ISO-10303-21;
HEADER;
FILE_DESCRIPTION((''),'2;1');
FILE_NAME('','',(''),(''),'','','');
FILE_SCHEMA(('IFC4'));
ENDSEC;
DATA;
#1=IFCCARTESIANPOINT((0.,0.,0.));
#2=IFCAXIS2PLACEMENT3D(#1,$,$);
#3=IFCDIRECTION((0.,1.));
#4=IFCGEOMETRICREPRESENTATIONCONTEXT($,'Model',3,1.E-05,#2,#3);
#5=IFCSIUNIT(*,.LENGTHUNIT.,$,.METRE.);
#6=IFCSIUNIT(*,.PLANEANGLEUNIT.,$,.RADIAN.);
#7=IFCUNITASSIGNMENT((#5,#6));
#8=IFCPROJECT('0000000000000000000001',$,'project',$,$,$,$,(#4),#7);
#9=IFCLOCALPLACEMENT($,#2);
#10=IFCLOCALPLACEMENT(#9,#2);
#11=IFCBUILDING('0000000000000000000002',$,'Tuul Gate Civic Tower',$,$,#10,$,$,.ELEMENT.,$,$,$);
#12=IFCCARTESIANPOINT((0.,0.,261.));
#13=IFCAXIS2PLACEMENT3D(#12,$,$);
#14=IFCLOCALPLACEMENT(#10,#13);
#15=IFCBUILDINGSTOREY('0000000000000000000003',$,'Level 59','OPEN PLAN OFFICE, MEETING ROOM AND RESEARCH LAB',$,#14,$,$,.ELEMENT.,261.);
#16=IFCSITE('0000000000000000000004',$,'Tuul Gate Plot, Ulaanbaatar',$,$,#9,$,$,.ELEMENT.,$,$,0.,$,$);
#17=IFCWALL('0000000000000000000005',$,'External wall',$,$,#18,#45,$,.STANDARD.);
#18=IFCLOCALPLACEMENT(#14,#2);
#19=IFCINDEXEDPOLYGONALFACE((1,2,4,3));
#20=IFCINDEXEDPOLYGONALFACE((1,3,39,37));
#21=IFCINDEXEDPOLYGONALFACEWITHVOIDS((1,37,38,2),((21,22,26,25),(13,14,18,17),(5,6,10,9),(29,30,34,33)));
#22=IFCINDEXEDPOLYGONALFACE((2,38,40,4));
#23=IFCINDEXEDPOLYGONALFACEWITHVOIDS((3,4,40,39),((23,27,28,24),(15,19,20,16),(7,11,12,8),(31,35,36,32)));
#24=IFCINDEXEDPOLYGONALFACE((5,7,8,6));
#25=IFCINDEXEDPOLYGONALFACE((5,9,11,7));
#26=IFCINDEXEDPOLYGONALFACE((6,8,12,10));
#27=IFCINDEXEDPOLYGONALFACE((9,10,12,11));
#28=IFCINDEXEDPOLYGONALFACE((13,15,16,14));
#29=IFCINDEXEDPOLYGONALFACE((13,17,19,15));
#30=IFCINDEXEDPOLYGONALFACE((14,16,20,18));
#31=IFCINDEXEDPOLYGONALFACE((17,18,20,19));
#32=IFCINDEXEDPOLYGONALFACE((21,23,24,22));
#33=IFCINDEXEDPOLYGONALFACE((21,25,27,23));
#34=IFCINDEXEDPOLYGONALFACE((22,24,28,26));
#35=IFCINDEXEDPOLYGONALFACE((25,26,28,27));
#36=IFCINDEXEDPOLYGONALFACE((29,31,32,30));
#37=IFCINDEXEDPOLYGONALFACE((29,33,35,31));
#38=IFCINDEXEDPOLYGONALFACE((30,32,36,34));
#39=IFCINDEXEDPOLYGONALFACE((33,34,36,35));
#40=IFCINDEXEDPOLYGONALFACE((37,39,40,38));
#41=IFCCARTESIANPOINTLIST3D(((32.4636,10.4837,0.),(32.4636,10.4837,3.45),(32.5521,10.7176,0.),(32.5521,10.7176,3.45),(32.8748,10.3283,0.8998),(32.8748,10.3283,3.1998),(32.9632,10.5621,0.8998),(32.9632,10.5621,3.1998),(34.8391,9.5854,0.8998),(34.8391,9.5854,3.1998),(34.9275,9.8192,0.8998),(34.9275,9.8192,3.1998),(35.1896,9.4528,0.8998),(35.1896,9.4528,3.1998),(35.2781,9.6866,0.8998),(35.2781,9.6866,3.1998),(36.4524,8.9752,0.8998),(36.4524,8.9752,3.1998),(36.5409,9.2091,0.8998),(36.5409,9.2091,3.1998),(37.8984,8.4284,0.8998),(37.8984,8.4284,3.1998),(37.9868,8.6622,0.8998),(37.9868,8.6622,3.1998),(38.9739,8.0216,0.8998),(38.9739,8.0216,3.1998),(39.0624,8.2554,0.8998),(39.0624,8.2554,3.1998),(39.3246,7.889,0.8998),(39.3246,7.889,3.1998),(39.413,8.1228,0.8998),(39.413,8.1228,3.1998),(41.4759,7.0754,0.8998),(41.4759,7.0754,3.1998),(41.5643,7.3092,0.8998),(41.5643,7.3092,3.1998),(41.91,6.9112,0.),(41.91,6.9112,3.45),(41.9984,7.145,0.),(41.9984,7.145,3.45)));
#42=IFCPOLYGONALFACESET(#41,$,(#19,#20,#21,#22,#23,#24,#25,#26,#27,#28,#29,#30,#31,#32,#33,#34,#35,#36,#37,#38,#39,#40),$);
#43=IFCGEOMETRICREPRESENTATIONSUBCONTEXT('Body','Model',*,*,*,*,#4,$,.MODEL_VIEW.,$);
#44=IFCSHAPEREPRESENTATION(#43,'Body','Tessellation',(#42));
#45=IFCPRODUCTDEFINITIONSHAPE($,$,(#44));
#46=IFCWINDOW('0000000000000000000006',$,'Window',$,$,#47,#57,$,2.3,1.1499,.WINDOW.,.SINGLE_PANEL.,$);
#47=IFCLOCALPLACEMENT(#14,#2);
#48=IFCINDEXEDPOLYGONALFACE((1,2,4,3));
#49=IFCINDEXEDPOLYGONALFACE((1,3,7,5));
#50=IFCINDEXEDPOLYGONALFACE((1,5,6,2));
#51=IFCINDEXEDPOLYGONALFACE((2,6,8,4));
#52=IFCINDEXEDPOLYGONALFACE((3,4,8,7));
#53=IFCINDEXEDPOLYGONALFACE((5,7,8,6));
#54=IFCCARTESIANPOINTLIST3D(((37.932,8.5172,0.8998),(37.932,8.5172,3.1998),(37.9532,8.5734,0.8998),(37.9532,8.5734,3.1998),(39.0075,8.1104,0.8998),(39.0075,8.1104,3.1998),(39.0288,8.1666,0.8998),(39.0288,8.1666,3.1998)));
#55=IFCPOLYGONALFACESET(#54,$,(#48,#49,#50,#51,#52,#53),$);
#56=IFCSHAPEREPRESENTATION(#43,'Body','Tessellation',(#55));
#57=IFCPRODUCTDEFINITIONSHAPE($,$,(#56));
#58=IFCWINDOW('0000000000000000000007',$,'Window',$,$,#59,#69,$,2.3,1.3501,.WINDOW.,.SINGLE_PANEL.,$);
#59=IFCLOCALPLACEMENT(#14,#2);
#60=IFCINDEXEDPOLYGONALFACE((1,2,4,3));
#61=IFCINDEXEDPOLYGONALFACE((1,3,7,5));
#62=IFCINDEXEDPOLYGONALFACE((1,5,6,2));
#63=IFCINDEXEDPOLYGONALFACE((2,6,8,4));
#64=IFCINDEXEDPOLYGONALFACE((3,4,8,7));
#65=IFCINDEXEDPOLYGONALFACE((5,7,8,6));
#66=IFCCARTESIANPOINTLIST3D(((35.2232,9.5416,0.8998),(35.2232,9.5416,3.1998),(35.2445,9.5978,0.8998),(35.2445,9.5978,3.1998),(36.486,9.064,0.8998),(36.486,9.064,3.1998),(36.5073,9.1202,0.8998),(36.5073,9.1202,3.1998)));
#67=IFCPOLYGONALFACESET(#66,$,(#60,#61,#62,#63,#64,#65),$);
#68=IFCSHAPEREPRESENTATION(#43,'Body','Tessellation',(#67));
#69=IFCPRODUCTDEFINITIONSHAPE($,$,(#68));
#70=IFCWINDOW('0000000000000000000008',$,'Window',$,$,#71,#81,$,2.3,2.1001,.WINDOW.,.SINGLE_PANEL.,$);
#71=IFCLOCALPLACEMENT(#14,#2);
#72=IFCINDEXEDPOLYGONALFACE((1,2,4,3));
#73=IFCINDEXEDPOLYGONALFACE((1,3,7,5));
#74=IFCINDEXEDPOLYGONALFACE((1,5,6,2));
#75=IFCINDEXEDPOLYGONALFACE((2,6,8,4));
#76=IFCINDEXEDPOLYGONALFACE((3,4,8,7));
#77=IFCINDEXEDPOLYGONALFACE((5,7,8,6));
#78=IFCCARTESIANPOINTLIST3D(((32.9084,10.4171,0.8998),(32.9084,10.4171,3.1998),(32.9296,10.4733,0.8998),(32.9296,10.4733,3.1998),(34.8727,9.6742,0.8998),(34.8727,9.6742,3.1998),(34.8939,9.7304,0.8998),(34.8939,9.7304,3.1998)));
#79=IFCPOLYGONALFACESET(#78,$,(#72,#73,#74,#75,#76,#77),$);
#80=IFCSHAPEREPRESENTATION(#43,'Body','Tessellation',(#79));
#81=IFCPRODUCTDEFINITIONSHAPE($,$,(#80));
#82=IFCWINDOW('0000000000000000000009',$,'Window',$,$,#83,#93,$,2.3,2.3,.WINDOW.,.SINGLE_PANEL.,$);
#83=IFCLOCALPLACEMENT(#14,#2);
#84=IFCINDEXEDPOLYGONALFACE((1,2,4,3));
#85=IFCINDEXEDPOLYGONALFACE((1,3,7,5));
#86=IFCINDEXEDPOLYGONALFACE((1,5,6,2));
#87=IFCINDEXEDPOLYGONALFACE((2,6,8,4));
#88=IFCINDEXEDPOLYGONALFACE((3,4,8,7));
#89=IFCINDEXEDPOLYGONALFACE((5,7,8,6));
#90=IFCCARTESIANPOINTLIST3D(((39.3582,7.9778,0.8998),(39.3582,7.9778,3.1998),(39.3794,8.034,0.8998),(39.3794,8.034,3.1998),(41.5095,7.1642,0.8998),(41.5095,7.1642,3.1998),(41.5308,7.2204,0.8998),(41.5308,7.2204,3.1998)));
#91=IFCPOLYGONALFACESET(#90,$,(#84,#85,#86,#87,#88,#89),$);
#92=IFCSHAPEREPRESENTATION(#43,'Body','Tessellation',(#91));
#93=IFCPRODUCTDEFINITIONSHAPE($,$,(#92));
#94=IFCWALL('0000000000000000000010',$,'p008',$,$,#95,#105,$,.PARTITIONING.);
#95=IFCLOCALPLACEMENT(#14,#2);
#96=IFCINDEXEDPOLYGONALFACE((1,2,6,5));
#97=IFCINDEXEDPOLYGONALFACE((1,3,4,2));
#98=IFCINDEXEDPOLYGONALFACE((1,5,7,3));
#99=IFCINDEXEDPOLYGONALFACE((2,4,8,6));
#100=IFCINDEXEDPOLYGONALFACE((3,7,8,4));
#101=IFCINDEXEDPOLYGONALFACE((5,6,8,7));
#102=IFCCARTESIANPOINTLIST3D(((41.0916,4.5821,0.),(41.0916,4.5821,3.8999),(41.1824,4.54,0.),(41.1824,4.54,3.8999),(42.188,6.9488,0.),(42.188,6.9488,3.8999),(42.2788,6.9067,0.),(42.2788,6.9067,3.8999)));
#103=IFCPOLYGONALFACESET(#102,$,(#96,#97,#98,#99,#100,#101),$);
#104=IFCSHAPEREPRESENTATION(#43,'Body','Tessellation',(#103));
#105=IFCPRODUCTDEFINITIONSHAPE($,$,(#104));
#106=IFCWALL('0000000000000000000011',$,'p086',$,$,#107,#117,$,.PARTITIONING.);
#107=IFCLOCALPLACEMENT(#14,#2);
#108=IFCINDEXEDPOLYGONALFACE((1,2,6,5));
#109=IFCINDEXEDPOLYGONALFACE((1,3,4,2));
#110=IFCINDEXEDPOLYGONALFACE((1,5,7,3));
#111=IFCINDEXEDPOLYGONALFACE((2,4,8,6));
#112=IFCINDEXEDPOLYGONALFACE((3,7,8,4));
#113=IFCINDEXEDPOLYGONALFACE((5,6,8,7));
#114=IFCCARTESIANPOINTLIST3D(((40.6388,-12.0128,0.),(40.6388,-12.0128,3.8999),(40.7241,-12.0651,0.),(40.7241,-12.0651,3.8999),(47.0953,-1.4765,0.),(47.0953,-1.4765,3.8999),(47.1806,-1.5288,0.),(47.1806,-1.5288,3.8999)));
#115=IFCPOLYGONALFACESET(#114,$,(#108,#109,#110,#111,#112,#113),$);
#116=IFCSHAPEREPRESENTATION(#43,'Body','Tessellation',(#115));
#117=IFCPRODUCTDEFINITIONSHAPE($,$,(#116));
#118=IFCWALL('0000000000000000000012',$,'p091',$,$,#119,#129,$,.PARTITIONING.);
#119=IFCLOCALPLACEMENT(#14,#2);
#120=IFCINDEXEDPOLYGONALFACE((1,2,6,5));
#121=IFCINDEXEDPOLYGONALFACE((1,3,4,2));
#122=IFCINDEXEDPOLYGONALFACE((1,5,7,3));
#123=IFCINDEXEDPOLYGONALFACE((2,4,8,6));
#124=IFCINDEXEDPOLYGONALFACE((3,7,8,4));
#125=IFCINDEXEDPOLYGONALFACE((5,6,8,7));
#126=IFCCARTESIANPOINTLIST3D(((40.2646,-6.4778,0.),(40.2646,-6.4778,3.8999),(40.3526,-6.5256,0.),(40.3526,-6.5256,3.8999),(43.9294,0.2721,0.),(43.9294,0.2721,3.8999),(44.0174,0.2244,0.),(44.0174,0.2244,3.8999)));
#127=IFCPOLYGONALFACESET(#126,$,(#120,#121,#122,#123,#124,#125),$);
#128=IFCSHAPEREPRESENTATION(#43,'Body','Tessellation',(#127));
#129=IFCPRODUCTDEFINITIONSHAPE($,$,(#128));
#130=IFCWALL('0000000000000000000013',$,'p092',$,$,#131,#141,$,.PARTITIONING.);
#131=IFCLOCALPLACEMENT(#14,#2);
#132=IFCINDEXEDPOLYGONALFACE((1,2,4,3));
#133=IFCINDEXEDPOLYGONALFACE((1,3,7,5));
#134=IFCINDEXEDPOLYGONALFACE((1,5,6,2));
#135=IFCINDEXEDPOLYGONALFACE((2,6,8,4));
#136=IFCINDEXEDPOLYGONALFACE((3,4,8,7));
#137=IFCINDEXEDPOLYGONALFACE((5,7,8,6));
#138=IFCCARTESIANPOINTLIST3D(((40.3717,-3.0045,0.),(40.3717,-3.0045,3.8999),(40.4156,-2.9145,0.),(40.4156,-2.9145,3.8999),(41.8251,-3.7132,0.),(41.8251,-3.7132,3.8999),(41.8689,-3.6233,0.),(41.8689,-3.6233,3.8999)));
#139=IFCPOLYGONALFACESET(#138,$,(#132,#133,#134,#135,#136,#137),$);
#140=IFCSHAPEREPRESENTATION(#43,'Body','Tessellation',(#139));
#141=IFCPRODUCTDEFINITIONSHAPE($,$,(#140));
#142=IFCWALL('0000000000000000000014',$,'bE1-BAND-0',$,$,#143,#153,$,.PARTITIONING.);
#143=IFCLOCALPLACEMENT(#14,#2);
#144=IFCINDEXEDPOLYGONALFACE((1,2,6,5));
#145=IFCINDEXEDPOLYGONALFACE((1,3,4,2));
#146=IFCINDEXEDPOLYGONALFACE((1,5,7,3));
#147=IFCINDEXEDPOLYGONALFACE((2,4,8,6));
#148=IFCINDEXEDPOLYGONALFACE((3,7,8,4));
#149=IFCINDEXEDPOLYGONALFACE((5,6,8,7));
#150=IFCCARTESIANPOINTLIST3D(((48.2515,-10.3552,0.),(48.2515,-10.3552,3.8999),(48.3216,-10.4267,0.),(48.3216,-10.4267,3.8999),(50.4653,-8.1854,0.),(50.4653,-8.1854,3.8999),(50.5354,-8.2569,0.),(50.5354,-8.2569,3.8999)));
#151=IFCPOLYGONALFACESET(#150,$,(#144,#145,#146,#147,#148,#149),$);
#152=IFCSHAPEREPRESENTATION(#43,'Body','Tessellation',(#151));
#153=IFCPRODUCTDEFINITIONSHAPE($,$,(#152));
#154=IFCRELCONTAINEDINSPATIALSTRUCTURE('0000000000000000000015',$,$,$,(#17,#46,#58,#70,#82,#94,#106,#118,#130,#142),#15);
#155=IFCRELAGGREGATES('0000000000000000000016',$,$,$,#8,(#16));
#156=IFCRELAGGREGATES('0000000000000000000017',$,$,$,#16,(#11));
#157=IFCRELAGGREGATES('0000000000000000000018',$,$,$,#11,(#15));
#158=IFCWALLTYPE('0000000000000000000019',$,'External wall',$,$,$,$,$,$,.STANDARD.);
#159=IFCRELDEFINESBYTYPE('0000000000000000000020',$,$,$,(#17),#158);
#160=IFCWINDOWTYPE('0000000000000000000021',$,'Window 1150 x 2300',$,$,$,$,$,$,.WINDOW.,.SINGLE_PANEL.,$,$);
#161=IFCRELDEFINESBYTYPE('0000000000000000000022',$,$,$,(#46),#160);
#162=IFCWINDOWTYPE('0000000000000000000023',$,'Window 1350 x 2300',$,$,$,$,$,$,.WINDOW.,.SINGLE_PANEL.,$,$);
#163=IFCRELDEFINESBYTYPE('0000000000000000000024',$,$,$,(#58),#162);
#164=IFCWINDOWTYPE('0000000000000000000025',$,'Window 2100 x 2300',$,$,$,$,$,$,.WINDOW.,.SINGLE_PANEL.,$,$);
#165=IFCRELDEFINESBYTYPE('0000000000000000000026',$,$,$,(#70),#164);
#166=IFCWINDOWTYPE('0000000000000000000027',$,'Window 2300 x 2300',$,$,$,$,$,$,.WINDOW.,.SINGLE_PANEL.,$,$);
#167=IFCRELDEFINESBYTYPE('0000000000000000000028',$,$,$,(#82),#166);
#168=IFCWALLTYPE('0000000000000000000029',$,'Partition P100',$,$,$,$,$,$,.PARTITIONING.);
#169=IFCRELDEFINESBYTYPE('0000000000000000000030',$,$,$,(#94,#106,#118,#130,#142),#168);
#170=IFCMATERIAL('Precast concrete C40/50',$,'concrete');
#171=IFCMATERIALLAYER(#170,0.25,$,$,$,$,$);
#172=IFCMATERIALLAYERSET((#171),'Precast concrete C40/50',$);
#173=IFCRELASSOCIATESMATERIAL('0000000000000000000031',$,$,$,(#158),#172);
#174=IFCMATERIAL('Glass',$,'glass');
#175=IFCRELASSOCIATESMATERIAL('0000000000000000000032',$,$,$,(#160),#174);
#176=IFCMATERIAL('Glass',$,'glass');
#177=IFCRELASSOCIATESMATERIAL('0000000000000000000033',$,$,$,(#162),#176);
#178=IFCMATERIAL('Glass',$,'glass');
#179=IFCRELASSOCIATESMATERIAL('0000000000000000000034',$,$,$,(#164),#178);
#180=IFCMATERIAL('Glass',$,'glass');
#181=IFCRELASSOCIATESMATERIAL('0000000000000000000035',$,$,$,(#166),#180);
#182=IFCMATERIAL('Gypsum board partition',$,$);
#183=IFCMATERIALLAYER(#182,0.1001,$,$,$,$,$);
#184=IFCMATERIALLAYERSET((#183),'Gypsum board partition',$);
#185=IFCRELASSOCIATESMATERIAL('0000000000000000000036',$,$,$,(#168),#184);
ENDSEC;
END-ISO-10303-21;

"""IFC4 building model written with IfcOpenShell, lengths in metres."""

from ifc_helpers import new_model, si_unit, direction, frame, frame_2d, origin, place, context, subcontext, project, spatial, rectangle, extrude, material, layer, layer_set, type_object, element, fill, save


model = new_model("IFC4")

# Units and contexts
model_context = context("Model", 3, precision=1e-05, world=origin(), true_north=direction((0.0, 1.0)))
body_context = subcontext(model_context, "Body", "Model", "MODEL_VIEW")
ifc_project = project(units=[si_unit("LENGTHUNIT", "METRE"), si_unit("PLANEANGLEUNIT", "RADIAN")], contexts=[model_context])

# Site, building, storey
site_placement = place(None, origin())
site = spatial("IfcSite", under=ifc_project, at=site_placement, Name="Tuul Gate Plot, Ulaanbaatar", CompositionType="ELEMENT", RefElevation=0.0)
building_placement = place(site_placement, origin())
building = spatial("IfcBuilding", under=site, at=building_placement, Name="Tuul Gate Civic Tower", CompositionType="ELEMENT")
storey_placement = place(building_placement, frame((0.0, 0.0, 261.0)))
storey = spatial("IfcBuildingStorey", under=building, at=storey_placement, Name="Level 59", Description="OPEN PLAN OFFICE, MEETING ROOM AND RESEARCH LAB", CompositionType="ELEMENT", Elevation=261.0)

# Wall, openings, windows
ifc_material_1 = material(Name="Precast concrete C40/50", Category="concrete")
ifc_layer_1 = layer(ifc_material_1, 0.25)
ifc_layer_set_1 = layer_set([ifc_layer_1], Name="Precast concrete C40/50")
wall_type_1 = type_object("IfcWallType", Name="External wall", PredefinedType="STANDARD", material=ifc_layer_set_1)
wall_1_placement = place(storey_placement, frame((41.9543, 7.0281, 0.0), z_axis=(0.0, 0.0, 1.0), x_axis=(-0.935344, 0.353739, 0.0)))
wall_1 = element("IfcWall", 1, at=wall_1_placement, inside=storey, type_object=wall_type_1, Name="External wall", PredefinedType="STANDARD", context=body_context, shape_type="SweptSolid", body=[
    extrude(rectangle(XDim=10.0994, YDim=0.25, at=frame_2d((5.0498, 0.0))), origin(), (0.0, 0.0, 1.0), 3.45),
])
opening_1_placement = place(wall_1_placement, frame((5.835, 0.0, 0.8999)))
opening_1 = element("IfcOpeningElement", 2, at=opening_1_placement, cuts=wall_1, PredefinedType="OPENING", context=body_context, shape_type="SweptSolid", body=[
    extrude(rectangle(XDim=1.3501, YDim=2.3, at=frame_2d((0.675, 1.1499))), frame((0.0, 0.135, 0.0), z_axis=(0.0, -1.0, 0.0), x_axis=(1.0, 0.0, 0.0)), (0.0, 0.0, 1.0), 0.27),
])
opening_2_placement = place(wall_1_placement, frame((7.5598, 0.0, 0.8999)))
opening_2 = element("IfcOpeningElement", 3, at=opening_2_placement, cuts=wall_1, PredefinedType="OPENING", context=body_context, shape_type="SweptSolid", body=[
    extrude(rectangle(XDim=2.1001, YDim=2.3, at=frame_2d((1.05, 1.1499))), frame((0.0, 0.135, 0.0), z_axis=(0.0, -1.0, 0.0), x_axis=(1.0, 0.0, 0.0)), (0.0, 0.0, 1.0), 0.27),
])
opening_3_placement = place(wall_1_placement, frame((0.4644, 0.0, 0.8999)))
opening_3 = element("IfcOpeningElement", 4, at=opening_3_placement, cuts=wall_1, PredefinedType="OPENING", context=body_context, shape_type="SweptSolid", body=[
    extrude(rectangle(XDim=2.3, YDim=2.3, at=frame_2d((1.1499, 1.1499))), frame((0.0, 0.135, 0.0), z_axis=(0.0, -1.0, 0.0), x_axis=(1.0, 0.0, 0.0)), (0.0, 0.0, 1.0), 0.27),
])
opening_4_placement = place(wall_1_placement, frame((3.1392, 0.0, 0.8999)))
opening_4 = element("IfcOpeningElement", 5, at=opening_4_placement, cuts=wall_1, PredefinedType="OPENING", context=body_context, shape_type="SweptSolid", body=[
    extrude(rectangle(XDim=1.1499, YDim=2.3, at=frame_2d((0.575, 1.1499))), frame((0.0, 0.135, 0.0), z_axis=(0.0, -1.0, 0.0), x_axis=(1.0, 0.0, 0.0)), (0.0, 0.0, 1.0), 0.27),
])
ifc_material_2 = material(Name="Glass", Category="glass")
window_type_1 = type_object("IfcWindowType", Name="Window 1150 x 2300", PartitioningType="SINGLE_PANEL", PredefinedType="WINDOW", material=ifc_material_2)
window_1_placement = place(opening_4_placement, origin())
window_1 = element("IfcWindow", 6, at=window_1_placement, inside=storey, type_object=window_type_1, Name="Window", OverallHeight=2.3, OverallWidth=1.1499, PartitioningType="SINGLE_PANEL", PredefinedType="WINDOW", context=body_context, shape_type="SweptSolid", body=[
    extrude(rectangle(XDim=1.1499, YDim=2.3, at=frame_2d((0.575, 1.1499))), frame((0.0, 0.03, 0.0), z_axis=(0.0, -1.0, 0.0), x_axis=(1.0, 0.0, 0.0)), (0.0, 0.0, 1.0), 0.0601),
])
fill(opening_4, window_1)
ifc_material_3 = material(Name="Glass", Category="glass")
window_type_2 = type_object("IfcWindowType", Name="Window 1350 x 2300", PartitioningType="SINGLE_PANEL", PredefinedType="WINDOW", material=ifc_material_3)
window_2_placement = place(opening_1_placement, origin())
window_2 = element("IfcWindow", 7, at=window_2_placement, inside=storey, type_object=window_type_2, Name="Window", OverallHeight=2.3, OverallWidth=1.3501, PartitioningType="SINGLE_PANEL", PredefinedType="WINDOW", context=body_context, shape_type="SweptSolid", body=[
    extrude(rectangle(XDim=1.3501, YDim=2.3, at=frame_2d((0.675, 1.1499))), frame((0.0, 0.03, 0.0), z_axis=(0.0, -1.0, 0.0), x_axis=(1.0, 0.0, 0.0)), (0.0, 0.0, 1.0), 0.0601),
])
fill(opening_1, window_2)
ifc_material_4 = material(Name="Glass", Category="glass")
window_type_3 = type_object("IfcWindowType", Name="Window 2100 x 2300", PartitioningType="SINGLE_PANEL", PredefinedType="WINDOW", material=ifc_material_4)
window_3_placement = place(opening_2_placement, origin())
window_3 = element("IfcWindow", 8, at=window_3_placement, inside=storey, type_object=window_type_3, Name="Window", OverallHeight=2.3, OverallWidth=2.1001, PartitioningType="SINGLE_PANEL", PredefinedType="WINDOW", context=body_context, shape_type="SweptSolid", body=[
    extrude(rectangle(XDim=2.1001, YDim=2.3, at=frame_2d((1.05, 1.1499))), frame((0.0, 0.03, 0.0), z_axis=(0.0, -1.0, 0.0), x_axis=(1.0, 0.0, 0.0)), (0.0, 0.0, 1.0), 0.0601),
])
fill(opening_2, window_3)
ifc_material_5 = material(Name="Glass", Category="glass")
window_type_4 = type_object("IfcWindowType", Name="Window 2300 x 2300", PartitioningType="SINGLE_PANEL", PredefinedType="WINDOW", material=ifc_material_5)
window_4_placement = place(opening_3_placement, origin())
window_4 = element("IfcWindow", 9, at=window_4_placement, inside=storey, type_object=window_type_4, Name="Window", OverallHeight=2.3, OverallWidth=2.3, PartitioningType="SINGLE_PANEL", PredefinedType="WINDOW", context=body_context, shape_type="SweptSolid", body=[
    extrude(rectangle(XDim=2.3, YDim=2.3, at=frame_2d((1.1499, 1.1499))), frame((0.0, 0.03, 0.0), z_axis=(0.0, -1.0, 0.0), x_axis=(1.0, 0.0, 0.0)), (0.0, 0.0, 1.0), 0.0601),
])
fill(opening_3, window_4)

# Walls
ifc_material_6 = material(Name="Gypsum board partition")
ifc_layer_2 = layer(ifc_material_6, 0.1001)
ifc_layer_set_2 = layer_set([ifc_layer_2], Name="Gypsum board partition")
wall_type_2 = type_object("IfcWallType", Name="Partition P100", PredefinedType="PARTITIONING", material=ifc_layer_set_2)
wall_2_placement = place(storey_placement, frame((41.137, 4.561, 0.0), z_axis=(0.0, 0.0, 1.0), x_axis=(0.420358, 0.907359, 0.0)))
element("IfcWall", 10, at=wall_2_placement, inside=storey, type_object=wall_type_2, Name="p008", PredefinedType="PARTITIONING", context=body_context, shape_type="SweptSolid", body=[
    extrude(rectangle(XDim=2.6084, YDim=0.1001, at=frame_2d((1.3042, 0.0))), origin(), (0.0, 0.0, 1.0), 3.8999),
])
wall_3_placement = place(storey_placement, frame((40.6814, -12.0391, 0.0), z_axis=(0.0, 0.0, 1.0), x_axis=(0.522489, 0.852646, 0.0)))
element("IfcWall", 11, at=wall_3_placement, inside=storey, type_object=wall_type_2, Name="p086", PredefinedType="PARTITIONING", context=body_context, shape_type="SweptSolid", body=[
    extrude(rectangle(XDim=12.3572, YDim=0.1001, at=frame_2d((6.1787, 0.0))), origin(), (0.0, 0.0, 1.0), 3.8999),
])
wall_4_placement = place(storey_placement, frame((40.3086, -6.5017, 0.0), z_axis=(0.0, 0.0, 1.0), x_axis=(0.477143, 0.878826, 0.0)))
element("IfcWall", 12, at=wall_4_placement, inside=storey, type_object=wall_type_2, Name="p091", PredefinedType="PARTITIONING", context=body_context, shape_type="SweptSolid", body=[
    extrude(rectangle(XDim=7.6807, YDim=0.1001, at=frame_2d((3.8403, 0.0))), origin(), (0.0, 0.0, 1.0), 3.8999),
])
wall_5_placement = place(storey_placement, frame((40.3936, -2.9595, 0.0), z_axis=(0.0, 0.0, 1.0), x_axis=(0.898822, -0.438314, 0.0)))
element("IfcWall", 13, at=wall_5_placement, inside=storey, type_object=wall_type_2, Name="p092", PredefinedType="PARTITIONING", context=body_context, shape_type="SweptSolid", body=[
    extrude(rectangle(XDim=1.6169, YDim=0.1001, at=frame_2d((0.8086, 0.0))), origin(), (0.0, 0.0, 1.0), 3.8999),
])
wall_6_placement = place(storey_placement, frame((48.2866, -10.3909, 0.0), z_axis=(0.0, 0.0, 1.0), x_axis=(0.714159, 0.699983, 0.0)))
element("IfcWall", 14, at=wall_6_placement, inside=storey, type_object=wall_type_2, Name="bE1-BAND-0", PredefinedType="PARTITIONING", context=body_context, shape_type="SweptSolid", body=[
    extrude(rectangle(XDim=3.0999, YDim=0.1001, at=frame_2d((1.5498, 0.0))), origin(), (0.0, 0.0, 1.0), 3.8999),
])

save(model, "model.ifc")
